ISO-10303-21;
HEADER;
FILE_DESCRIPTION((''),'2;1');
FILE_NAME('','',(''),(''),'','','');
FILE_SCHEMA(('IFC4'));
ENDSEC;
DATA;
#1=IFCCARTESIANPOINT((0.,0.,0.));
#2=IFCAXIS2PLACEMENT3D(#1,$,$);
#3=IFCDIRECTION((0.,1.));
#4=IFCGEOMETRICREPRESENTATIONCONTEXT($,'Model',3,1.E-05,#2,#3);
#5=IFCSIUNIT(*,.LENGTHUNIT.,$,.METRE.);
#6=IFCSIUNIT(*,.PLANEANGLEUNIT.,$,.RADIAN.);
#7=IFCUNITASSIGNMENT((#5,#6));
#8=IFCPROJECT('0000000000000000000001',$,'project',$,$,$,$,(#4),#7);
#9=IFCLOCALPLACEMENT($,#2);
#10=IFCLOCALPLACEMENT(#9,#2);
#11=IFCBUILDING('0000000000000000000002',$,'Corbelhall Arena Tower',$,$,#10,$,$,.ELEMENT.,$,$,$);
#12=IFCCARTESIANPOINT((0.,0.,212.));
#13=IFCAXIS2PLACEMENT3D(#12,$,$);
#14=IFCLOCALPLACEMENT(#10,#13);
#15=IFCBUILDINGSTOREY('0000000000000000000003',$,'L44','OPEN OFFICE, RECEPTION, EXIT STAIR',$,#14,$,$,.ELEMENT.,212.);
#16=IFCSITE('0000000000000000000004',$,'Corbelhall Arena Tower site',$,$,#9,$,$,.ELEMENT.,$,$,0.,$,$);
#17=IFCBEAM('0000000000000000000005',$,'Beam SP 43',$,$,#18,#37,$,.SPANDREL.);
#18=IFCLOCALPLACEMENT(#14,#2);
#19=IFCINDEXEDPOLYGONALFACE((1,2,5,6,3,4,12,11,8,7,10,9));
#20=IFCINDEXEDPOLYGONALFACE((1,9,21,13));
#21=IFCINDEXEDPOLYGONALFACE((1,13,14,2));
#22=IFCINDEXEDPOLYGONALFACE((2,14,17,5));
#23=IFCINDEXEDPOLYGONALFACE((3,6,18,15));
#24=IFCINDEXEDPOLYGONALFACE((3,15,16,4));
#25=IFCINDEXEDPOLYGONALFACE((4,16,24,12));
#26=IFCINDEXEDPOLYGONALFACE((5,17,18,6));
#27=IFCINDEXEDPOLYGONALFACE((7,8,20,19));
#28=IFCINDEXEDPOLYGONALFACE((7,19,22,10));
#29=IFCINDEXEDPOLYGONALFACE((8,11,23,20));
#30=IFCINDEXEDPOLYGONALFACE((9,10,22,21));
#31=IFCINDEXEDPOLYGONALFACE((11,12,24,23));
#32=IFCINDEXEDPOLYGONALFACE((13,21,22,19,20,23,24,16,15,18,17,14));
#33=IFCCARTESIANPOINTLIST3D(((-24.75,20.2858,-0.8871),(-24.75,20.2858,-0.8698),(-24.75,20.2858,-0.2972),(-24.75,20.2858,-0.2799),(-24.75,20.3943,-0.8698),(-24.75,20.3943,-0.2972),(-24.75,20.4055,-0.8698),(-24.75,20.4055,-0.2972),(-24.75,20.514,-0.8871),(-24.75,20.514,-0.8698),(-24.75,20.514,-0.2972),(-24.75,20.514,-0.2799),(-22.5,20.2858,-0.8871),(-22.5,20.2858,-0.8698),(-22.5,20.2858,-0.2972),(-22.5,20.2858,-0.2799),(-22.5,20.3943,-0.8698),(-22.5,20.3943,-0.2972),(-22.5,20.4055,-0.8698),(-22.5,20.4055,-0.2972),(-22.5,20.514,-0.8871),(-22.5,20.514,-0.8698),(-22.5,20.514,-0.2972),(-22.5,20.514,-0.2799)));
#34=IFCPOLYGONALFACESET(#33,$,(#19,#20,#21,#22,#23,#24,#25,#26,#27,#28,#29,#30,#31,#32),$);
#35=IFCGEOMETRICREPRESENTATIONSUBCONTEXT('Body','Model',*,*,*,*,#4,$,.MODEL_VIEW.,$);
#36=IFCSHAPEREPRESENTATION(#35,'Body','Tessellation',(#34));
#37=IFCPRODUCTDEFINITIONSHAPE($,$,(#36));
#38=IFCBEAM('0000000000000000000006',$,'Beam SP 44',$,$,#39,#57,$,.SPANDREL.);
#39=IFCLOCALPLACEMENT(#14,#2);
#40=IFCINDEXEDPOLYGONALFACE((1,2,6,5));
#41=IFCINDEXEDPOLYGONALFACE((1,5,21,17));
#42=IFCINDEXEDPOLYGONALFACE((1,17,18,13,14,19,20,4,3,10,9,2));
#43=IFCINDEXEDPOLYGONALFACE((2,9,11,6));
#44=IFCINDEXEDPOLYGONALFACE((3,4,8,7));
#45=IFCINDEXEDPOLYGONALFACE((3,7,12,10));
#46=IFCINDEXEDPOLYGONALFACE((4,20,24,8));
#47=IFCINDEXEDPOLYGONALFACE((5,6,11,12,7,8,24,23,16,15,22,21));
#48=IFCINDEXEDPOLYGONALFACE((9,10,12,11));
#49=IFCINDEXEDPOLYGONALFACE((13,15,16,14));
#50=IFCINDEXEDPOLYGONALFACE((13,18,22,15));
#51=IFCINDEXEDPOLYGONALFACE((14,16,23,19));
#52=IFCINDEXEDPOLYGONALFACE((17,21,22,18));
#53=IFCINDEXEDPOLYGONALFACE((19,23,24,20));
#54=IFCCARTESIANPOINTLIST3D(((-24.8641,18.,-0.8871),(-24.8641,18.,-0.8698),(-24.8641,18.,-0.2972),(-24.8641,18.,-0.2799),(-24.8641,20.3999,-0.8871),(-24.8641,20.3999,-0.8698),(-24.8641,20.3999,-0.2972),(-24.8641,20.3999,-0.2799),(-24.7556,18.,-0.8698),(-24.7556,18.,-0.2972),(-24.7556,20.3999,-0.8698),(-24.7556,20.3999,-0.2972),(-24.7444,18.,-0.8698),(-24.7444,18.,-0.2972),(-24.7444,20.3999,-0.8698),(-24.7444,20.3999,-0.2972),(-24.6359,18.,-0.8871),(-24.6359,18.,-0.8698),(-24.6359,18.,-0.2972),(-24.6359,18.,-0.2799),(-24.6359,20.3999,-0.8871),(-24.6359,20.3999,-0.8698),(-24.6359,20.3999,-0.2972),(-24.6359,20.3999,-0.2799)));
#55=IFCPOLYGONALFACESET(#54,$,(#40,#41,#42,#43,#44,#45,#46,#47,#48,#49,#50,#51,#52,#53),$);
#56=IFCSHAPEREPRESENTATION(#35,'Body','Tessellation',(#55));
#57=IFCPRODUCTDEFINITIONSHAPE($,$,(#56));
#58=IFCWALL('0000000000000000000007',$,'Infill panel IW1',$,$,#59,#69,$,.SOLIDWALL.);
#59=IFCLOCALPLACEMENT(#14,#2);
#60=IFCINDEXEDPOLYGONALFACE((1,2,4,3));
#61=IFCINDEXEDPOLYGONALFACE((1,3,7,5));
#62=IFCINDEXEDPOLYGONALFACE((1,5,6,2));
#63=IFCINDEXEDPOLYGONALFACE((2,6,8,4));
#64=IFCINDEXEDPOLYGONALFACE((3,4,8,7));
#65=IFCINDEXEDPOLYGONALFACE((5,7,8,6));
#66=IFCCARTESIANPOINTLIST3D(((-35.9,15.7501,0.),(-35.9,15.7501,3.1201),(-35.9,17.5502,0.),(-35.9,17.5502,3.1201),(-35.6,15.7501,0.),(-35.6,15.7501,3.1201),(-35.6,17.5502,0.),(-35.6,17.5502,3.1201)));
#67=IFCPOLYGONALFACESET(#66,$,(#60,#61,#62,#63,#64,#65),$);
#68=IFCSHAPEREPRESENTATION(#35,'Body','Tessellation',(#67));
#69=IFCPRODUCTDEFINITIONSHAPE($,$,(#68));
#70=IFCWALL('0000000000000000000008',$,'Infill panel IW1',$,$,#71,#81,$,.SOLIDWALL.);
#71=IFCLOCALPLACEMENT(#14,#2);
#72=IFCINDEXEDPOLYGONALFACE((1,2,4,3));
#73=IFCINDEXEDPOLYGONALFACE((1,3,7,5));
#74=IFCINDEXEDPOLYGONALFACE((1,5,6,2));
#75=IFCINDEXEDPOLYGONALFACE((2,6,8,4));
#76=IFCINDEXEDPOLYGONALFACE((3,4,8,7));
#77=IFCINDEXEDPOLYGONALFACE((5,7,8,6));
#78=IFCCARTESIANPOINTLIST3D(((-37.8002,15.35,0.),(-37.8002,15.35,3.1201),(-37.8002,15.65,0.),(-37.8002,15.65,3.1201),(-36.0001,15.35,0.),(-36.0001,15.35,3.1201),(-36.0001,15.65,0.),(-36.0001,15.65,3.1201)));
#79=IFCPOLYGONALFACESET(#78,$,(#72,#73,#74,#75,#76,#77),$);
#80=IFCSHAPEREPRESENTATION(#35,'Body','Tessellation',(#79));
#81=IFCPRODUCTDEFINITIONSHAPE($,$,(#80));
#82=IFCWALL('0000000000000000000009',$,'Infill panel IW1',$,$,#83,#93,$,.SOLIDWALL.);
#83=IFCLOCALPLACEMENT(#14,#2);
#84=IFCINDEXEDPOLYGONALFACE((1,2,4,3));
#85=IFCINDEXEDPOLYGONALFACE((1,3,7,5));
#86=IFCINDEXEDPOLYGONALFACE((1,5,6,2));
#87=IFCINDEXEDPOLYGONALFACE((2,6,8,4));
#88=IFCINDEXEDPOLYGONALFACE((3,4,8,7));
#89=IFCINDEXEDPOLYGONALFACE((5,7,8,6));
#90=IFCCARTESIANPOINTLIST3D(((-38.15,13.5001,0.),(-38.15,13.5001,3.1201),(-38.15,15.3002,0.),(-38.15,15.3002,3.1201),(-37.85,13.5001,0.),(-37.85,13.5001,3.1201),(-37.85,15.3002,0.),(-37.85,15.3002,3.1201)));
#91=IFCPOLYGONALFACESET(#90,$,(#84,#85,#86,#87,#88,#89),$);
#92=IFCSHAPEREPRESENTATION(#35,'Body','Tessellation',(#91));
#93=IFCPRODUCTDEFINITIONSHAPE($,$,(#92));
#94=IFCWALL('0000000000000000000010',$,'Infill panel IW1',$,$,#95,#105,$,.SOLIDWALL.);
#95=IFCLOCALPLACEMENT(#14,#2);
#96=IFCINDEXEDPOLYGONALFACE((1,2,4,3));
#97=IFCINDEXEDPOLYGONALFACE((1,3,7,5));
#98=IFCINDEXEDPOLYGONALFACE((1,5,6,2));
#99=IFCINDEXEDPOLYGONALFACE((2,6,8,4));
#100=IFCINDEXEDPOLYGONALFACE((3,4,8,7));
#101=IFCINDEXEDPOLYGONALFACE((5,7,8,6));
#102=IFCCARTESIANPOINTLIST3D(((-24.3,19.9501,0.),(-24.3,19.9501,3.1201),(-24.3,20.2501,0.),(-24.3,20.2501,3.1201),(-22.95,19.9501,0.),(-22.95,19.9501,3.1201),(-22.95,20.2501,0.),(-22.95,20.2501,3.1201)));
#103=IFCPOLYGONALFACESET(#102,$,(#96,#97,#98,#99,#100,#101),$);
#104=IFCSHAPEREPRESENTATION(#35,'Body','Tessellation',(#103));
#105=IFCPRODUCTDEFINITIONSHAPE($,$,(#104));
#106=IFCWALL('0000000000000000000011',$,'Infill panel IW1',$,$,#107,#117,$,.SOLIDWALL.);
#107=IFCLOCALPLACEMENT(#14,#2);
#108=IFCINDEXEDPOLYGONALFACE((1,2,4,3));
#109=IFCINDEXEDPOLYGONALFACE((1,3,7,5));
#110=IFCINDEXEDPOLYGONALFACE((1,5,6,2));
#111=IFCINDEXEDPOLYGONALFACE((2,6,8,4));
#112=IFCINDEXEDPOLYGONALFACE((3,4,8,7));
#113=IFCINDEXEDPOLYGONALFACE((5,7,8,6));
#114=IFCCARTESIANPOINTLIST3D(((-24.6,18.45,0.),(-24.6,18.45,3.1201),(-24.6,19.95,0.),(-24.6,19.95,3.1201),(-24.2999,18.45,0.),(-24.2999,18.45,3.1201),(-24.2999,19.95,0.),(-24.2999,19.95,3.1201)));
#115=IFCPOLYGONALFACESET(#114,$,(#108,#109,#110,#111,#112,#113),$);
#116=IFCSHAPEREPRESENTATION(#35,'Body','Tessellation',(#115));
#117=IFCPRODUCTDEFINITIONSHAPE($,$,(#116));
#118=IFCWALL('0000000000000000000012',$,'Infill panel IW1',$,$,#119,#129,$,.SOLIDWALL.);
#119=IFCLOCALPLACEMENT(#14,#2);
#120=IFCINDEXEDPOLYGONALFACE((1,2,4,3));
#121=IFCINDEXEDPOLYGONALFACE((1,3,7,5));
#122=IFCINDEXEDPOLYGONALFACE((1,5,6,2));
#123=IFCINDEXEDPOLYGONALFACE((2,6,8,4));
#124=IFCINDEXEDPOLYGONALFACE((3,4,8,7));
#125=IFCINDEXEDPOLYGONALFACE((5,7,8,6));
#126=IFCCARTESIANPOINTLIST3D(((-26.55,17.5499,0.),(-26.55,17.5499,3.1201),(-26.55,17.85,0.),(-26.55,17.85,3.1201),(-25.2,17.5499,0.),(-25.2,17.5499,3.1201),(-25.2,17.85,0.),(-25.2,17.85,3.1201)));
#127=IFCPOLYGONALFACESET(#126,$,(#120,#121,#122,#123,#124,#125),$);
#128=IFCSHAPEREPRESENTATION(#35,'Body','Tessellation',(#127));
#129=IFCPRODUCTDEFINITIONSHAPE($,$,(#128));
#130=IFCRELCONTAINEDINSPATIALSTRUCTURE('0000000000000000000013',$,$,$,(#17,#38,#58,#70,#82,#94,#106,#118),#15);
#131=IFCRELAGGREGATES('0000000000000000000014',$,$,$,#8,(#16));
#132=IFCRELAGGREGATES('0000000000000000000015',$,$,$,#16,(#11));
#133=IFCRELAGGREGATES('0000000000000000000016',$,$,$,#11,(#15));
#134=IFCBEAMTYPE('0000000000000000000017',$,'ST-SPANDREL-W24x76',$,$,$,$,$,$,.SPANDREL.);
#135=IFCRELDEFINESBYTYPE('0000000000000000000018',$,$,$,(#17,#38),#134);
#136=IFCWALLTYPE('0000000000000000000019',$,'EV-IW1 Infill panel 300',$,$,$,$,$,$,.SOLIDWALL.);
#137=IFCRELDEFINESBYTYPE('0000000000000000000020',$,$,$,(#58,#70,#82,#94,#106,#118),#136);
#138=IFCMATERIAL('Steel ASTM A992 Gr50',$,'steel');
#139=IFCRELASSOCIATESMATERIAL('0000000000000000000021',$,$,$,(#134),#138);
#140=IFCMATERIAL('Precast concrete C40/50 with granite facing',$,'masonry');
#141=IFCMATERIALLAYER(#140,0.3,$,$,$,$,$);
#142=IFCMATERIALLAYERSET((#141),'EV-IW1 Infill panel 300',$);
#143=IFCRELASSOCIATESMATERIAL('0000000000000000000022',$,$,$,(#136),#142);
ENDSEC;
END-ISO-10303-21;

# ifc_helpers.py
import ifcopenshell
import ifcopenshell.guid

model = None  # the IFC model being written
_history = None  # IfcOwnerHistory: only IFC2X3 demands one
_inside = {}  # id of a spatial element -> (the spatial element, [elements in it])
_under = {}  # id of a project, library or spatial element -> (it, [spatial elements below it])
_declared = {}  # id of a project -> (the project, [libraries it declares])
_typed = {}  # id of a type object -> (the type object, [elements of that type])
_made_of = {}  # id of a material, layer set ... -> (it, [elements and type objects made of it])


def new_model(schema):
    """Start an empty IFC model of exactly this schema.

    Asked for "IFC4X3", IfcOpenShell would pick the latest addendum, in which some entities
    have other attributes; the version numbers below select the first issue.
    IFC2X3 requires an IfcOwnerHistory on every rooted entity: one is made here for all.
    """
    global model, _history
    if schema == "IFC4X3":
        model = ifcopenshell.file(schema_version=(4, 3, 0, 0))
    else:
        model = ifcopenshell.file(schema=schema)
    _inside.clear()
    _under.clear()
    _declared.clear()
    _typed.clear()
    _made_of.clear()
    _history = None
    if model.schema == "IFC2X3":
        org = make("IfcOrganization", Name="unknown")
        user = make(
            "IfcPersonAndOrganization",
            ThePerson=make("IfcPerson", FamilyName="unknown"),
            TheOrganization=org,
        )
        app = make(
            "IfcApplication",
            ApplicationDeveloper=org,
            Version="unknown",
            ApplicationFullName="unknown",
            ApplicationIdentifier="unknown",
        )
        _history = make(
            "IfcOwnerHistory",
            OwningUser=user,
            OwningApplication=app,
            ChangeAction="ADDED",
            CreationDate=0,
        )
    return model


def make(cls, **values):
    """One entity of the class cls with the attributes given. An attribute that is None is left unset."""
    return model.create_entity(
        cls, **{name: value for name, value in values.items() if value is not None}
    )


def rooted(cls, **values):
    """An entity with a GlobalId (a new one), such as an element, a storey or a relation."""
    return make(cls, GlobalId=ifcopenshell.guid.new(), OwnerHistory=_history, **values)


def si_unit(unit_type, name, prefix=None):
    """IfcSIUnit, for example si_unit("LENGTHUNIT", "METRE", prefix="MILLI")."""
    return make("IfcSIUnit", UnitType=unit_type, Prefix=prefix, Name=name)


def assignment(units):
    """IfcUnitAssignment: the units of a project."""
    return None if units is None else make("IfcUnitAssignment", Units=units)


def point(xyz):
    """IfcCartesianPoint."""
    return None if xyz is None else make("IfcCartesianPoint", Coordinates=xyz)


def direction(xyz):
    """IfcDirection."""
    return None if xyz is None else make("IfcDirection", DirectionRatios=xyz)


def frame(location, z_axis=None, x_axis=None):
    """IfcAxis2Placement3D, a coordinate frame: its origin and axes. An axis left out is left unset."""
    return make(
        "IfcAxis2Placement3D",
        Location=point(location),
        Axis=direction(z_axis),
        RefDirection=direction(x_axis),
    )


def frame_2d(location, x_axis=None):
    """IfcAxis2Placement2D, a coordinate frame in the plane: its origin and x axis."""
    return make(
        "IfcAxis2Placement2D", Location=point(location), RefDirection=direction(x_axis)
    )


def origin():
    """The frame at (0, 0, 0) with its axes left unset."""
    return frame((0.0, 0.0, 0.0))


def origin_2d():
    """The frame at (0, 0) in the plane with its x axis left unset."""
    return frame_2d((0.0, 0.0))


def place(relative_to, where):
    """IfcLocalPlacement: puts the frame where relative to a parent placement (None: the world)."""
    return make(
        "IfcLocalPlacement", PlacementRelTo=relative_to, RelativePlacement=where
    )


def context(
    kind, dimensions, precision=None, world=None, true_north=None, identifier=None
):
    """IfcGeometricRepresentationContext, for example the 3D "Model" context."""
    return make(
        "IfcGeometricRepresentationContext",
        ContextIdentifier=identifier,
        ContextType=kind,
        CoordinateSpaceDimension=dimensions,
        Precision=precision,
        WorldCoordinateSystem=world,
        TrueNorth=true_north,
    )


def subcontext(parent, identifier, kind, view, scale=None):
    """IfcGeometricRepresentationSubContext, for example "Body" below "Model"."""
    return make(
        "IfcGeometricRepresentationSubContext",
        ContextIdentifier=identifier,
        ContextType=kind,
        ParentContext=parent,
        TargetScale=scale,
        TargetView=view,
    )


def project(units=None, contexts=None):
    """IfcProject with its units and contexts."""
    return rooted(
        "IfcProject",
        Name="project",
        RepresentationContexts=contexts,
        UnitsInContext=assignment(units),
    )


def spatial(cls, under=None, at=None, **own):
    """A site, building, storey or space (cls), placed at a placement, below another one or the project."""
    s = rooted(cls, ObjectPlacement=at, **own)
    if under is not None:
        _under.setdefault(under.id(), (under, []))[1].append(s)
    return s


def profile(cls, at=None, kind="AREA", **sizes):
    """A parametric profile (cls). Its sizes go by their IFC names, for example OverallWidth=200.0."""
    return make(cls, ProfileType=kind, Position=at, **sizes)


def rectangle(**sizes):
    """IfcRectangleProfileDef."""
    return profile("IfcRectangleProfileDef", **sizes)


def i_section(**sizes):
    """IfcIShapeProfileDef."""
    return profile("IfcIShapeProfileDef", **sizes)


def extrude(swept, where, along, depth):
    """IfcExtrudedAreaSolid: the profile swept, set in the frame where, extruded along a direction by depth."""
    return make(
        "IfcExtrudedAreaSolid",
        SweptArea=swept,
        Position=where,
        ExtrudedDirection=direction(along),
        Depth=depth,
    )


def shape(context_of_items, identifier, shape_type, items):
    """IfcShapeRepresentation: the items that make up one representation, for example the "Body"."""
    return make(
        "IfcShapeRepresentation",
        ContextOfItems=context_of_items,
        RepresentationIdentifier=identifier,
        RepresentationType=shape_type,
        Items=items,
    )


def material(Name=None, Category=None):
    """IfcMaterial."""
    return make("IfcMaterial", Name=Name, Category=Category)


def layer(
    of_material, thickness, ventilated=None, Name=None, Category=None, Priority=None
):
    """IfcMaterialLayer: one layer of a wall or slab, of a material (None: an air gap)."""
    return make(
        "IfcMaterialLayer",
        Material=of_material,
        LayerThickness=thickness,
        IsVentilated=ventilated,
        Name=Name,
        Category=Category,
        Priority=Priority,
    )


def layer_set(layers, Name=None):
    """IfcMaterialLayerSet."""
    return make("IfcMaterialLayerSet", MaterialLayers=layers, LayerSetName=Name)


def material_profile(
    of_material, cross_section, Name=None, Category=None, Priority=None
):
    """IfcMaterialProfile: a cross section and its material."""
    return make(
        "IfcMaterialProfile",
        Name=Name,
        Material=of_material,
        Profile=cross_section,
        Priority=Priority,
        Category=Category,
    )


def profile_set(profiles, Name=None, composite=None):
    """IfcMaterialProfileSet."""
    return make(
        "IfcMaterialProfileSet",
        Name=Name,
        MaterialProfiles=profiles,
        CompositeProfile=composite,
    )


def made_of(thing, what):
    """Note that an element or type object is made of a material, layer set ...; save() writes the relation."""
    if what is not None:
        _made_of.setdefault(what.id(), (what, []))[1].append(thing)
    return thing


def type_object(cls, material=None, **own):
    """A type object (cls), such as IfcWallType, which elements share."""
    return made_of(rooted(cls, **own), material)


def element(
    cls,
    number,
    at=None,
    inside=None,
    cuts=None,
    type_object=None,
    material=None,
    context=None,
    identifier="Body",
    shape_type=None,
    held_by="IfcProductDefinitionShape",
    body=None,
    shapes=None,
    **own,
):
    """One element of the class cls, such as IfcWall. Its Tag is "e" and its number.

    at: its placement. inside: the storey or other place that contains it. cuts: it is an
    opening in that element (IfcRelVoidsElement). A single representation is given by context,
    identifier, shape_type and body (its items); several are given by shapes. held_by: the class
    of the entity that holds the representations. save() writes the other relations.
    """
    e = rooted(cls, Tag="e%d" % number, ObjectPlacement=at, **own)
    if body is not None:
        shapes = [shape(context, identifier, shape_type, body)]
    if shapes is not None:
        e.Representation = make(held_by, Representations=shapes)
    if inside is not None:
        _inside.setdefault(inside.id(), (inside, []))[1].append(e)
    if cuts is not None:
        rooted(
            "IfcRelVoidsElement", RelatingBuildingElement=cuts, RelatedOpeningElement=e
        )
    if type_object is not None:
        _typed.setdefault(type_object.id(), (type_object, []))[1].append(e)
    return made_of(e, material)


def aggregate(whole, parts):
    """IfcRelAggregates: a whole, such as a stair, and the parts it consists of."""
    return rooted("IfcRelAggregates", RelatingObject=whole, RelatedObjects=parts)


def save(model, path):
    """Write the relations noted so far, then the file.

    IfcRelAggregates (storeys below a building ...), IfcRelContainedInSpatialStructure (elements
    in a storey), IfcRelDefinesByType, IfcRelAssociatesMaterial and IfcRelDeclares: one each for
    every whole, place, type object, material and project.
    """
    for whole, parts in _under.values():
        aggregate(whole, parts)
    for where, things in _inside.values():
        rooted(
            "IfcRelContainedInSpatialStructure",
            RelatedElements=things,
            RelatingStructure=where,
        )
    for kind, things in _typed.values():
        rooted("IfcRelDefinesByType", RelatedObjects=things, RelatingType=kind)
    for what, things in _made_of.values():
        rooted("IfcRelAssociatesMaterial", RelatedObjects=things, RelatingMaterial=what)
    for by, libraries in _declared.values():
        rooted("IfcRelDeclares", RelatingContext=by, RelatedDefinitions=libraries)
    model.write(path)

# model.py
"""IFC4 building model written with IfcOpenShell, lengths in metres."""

from ifc_helpers import new_model, si_unit, direction, frame, frame_2d, origin, origin_2d, place, context, subcontext, project, spatial, rectangle, i_section, extrude, material, layer, layer_set, material_profile, profile_set, type_object, element, save


model = new_model("IFC4")

# Units and contexts
model_context = context("Model", 3, precision=1e-05, world=origin(), true_north=direction((0.0, 1.0)))
body_context = subcontext(model_context, "Body", "Model", "MODEL_VIEW")
ifc_project = project(units=[si_unit("LENGTHUNIT", "METRE"), si_unit("PLANEANGLEUNIT", "RADIAN")], contexts=[model_context])

# Site, building, storey
site_placement = place(None, origin())
site = spatial("IfcSite", under=ifc_project, at=site_placement, Name="Corbelhall Arena Tower site", CompositionType="ELEMENT", RefElevation=0.0)
building_placement = place(site_placement, origin())
building = spatial("IfcBuilding", under=site, at=building_placement, Name="Corbelhall Arena Tower", CompositionType="ELEMENT")
storey_placement = place(building_placement, frame((0.0, 0.0, 212.0)))
storey = spatial("IfcBuildingStorey", under=building, at=storey_placement, Name="L44", Description="OPEN OFFICE, RECEPTION, EXIT STAIR", CompositionType="ELEMENT", Elevation=212.0)

# Beams
ifc_material_1 = material(Name="Steel ASTM A992 Gr50", Category="steel")
ifc_material_profile_1 = material_profile(ifc_material_1, i_section(OverallWidth=0.2283, OverallDepth=0.6072, WebThickness=0.0112, FlangeThickness=0.0173, at=origin_2d()))
ifc_profile_set_1 = profile_set([ifc_material_profile_1], Name="Steel ASTM A992 Gr50")
beam_type = type_object("IfcBeamType", Name="ST-SPANDREL-W24x76", PredefinedType="SPANDREL", material=ifc_profile_set_1)
beam_1_placement = place(storey_placement, frame((-24.75, 20.3999, -0.5835), z_axis=(1.0, 0.0, 0.0), x_axis=(0.0, 1.0, 0.0)))
element("IfcBeam", 1, at=beam_1_placement, inside=storey, type_object=beam_type, Name="Beam SP 43", PredefinedType="SPANDREL", context=body_context, shape_type="SweptSolid", body=[
    extrude(i_section(OverallWidth=0.2283, OverallDepth=0.6072, WebThickness=0.0112, FlangeThickness=0.0173, at=origin_2d()), origin(), (0.0, 0.0, 1.0), 2.25),
])
beam_2_placement = place(storey_placement, frame((-24.75, 18.0, -0.5835), z_axis=(0.0, 1.0, 0.0), x_axis=(-1.0, 0.0, 0.0)))
element("IfcBeam", 2, at=beam_2_placement, inside=storey, type_object=beam_type, Name="Beam SP 44", PredefinedType="SPANDREL", context=body_context, shape_type="SweptSolid", body=[
    extrude(i_section(OverallWidth=0.2283, OverallDepth=0.6072, WebThickness=0.0112, FlangeThickness=0.0173, at=origin_2d()), origin(), (0.0, 0.0, 1.0), 2.3999),
])

# Walls
ifc_material_2 = material(Name="Precast concrete C40/50 with granite facing", Category="masonry")
ifc_layer = layer(ifc_material_2, 0.3)
ifc_layer_set = layer_set([ifc_layer], Name="EV-IW1 Infill panel 300")
wall_type = type_object("IfcWallType", Name="EV-IW1 Infill panel 300", PredefinedType="SOLIDWALL", material=ifc_layer_set)
for number, where, z_axis, x_axis, name in (
    (3, (-35.75, 17.55, 0.0), (0.0, 0.0, 1.0), (0.0, -1.0, 0.0), "Infill panel IW1"),
    (4, (-37.8, 15.5, 0.0), (0.0, 0.0, 1.0), (1.0, 0.0, 0.0), "Infill panel IW1"),
    (5, (-38.0, 15.3, 0.0), (0.0, 0.0, 1.0), (0.0, -1.0, 0.0), "Infill panel IW1"),
):
    element("IfcWall", number, at=place(storey_placement, frame(where, z_axis=z_axis, x_axis=x_axis)), inside=storey, type_object=wall_type, Name=name, PredefinedType="SOLIDWALL", context=body_context, shape_type="SweptSolid", body=[
        extrude(rectangle(XDim=1.8, YDim=0.3, at=frame_2d((0.8999, 0.0))), origin(), (0.0, 0.0, 1.0), 3.1201),
    ])
wall_1_placement = place(storey_placement, frame((-22.95, 20.1001, 0.0), z_axis=(0.0, 0.0, 1.0), x_axis=(-1.0, 0.0, 0.0)))
element("IfcWall", 6, at=wall_1_placement, inside=storey, type_object=wall_type, Name="Infill panel IW1", PredefinedType="SOLIDWALL", context=body_context, shape_type="SweptSolid", body=[
    extrude(rectangle(XDim=1.3501, YDim=0.3, at=frame_2d((0.675, 0.0))), origin(), (0.0, 0.0, 1.0), 3.1201),
])
wall_2_placement = place(storey_placement, frame((-24.45, 19.95, 0.0), z_axis=(0.0, 0.0, 1.0), x_axis=(0.0, -1.0, 0.0)))
element("IfcWall", 7, at=wall_2_placement, inside=storey, type_object=wall_type, Name="Infill panel IW1", PredefinedType="SOLIDWALL", context=body_context, shape_type="SweptSolid", body=[
    extrude(rectangle(XDim=1.5, YDim=0.3, at=frame_2d((0.75, 0.0))), origin(), (0.0, 0.0, 1.0), 3.1201),
])
wall_3_placement = place(storey_placement, frame((-25.2, 17.7, 0.0), z_axis=(0.0, 0.0, 1.0), x_axis=(-1.0, 0.0, 0.0)))
element("IfcWall", 8, at=wall_3_placement, inside=storey, type_object=wall_type, Name="Infill panel IW1", PredefinedType="SOLIDWALL", context=body_context, shape_type="SweptSolid", body=[
    extrude(rectangle(XDim=1.3501, YDim=0.3, at=frame_2d((0.675, 0.0))), origin(), (0.0, 0.0, 1.0), 3.1201),
])

save(model, "model.ifc")
